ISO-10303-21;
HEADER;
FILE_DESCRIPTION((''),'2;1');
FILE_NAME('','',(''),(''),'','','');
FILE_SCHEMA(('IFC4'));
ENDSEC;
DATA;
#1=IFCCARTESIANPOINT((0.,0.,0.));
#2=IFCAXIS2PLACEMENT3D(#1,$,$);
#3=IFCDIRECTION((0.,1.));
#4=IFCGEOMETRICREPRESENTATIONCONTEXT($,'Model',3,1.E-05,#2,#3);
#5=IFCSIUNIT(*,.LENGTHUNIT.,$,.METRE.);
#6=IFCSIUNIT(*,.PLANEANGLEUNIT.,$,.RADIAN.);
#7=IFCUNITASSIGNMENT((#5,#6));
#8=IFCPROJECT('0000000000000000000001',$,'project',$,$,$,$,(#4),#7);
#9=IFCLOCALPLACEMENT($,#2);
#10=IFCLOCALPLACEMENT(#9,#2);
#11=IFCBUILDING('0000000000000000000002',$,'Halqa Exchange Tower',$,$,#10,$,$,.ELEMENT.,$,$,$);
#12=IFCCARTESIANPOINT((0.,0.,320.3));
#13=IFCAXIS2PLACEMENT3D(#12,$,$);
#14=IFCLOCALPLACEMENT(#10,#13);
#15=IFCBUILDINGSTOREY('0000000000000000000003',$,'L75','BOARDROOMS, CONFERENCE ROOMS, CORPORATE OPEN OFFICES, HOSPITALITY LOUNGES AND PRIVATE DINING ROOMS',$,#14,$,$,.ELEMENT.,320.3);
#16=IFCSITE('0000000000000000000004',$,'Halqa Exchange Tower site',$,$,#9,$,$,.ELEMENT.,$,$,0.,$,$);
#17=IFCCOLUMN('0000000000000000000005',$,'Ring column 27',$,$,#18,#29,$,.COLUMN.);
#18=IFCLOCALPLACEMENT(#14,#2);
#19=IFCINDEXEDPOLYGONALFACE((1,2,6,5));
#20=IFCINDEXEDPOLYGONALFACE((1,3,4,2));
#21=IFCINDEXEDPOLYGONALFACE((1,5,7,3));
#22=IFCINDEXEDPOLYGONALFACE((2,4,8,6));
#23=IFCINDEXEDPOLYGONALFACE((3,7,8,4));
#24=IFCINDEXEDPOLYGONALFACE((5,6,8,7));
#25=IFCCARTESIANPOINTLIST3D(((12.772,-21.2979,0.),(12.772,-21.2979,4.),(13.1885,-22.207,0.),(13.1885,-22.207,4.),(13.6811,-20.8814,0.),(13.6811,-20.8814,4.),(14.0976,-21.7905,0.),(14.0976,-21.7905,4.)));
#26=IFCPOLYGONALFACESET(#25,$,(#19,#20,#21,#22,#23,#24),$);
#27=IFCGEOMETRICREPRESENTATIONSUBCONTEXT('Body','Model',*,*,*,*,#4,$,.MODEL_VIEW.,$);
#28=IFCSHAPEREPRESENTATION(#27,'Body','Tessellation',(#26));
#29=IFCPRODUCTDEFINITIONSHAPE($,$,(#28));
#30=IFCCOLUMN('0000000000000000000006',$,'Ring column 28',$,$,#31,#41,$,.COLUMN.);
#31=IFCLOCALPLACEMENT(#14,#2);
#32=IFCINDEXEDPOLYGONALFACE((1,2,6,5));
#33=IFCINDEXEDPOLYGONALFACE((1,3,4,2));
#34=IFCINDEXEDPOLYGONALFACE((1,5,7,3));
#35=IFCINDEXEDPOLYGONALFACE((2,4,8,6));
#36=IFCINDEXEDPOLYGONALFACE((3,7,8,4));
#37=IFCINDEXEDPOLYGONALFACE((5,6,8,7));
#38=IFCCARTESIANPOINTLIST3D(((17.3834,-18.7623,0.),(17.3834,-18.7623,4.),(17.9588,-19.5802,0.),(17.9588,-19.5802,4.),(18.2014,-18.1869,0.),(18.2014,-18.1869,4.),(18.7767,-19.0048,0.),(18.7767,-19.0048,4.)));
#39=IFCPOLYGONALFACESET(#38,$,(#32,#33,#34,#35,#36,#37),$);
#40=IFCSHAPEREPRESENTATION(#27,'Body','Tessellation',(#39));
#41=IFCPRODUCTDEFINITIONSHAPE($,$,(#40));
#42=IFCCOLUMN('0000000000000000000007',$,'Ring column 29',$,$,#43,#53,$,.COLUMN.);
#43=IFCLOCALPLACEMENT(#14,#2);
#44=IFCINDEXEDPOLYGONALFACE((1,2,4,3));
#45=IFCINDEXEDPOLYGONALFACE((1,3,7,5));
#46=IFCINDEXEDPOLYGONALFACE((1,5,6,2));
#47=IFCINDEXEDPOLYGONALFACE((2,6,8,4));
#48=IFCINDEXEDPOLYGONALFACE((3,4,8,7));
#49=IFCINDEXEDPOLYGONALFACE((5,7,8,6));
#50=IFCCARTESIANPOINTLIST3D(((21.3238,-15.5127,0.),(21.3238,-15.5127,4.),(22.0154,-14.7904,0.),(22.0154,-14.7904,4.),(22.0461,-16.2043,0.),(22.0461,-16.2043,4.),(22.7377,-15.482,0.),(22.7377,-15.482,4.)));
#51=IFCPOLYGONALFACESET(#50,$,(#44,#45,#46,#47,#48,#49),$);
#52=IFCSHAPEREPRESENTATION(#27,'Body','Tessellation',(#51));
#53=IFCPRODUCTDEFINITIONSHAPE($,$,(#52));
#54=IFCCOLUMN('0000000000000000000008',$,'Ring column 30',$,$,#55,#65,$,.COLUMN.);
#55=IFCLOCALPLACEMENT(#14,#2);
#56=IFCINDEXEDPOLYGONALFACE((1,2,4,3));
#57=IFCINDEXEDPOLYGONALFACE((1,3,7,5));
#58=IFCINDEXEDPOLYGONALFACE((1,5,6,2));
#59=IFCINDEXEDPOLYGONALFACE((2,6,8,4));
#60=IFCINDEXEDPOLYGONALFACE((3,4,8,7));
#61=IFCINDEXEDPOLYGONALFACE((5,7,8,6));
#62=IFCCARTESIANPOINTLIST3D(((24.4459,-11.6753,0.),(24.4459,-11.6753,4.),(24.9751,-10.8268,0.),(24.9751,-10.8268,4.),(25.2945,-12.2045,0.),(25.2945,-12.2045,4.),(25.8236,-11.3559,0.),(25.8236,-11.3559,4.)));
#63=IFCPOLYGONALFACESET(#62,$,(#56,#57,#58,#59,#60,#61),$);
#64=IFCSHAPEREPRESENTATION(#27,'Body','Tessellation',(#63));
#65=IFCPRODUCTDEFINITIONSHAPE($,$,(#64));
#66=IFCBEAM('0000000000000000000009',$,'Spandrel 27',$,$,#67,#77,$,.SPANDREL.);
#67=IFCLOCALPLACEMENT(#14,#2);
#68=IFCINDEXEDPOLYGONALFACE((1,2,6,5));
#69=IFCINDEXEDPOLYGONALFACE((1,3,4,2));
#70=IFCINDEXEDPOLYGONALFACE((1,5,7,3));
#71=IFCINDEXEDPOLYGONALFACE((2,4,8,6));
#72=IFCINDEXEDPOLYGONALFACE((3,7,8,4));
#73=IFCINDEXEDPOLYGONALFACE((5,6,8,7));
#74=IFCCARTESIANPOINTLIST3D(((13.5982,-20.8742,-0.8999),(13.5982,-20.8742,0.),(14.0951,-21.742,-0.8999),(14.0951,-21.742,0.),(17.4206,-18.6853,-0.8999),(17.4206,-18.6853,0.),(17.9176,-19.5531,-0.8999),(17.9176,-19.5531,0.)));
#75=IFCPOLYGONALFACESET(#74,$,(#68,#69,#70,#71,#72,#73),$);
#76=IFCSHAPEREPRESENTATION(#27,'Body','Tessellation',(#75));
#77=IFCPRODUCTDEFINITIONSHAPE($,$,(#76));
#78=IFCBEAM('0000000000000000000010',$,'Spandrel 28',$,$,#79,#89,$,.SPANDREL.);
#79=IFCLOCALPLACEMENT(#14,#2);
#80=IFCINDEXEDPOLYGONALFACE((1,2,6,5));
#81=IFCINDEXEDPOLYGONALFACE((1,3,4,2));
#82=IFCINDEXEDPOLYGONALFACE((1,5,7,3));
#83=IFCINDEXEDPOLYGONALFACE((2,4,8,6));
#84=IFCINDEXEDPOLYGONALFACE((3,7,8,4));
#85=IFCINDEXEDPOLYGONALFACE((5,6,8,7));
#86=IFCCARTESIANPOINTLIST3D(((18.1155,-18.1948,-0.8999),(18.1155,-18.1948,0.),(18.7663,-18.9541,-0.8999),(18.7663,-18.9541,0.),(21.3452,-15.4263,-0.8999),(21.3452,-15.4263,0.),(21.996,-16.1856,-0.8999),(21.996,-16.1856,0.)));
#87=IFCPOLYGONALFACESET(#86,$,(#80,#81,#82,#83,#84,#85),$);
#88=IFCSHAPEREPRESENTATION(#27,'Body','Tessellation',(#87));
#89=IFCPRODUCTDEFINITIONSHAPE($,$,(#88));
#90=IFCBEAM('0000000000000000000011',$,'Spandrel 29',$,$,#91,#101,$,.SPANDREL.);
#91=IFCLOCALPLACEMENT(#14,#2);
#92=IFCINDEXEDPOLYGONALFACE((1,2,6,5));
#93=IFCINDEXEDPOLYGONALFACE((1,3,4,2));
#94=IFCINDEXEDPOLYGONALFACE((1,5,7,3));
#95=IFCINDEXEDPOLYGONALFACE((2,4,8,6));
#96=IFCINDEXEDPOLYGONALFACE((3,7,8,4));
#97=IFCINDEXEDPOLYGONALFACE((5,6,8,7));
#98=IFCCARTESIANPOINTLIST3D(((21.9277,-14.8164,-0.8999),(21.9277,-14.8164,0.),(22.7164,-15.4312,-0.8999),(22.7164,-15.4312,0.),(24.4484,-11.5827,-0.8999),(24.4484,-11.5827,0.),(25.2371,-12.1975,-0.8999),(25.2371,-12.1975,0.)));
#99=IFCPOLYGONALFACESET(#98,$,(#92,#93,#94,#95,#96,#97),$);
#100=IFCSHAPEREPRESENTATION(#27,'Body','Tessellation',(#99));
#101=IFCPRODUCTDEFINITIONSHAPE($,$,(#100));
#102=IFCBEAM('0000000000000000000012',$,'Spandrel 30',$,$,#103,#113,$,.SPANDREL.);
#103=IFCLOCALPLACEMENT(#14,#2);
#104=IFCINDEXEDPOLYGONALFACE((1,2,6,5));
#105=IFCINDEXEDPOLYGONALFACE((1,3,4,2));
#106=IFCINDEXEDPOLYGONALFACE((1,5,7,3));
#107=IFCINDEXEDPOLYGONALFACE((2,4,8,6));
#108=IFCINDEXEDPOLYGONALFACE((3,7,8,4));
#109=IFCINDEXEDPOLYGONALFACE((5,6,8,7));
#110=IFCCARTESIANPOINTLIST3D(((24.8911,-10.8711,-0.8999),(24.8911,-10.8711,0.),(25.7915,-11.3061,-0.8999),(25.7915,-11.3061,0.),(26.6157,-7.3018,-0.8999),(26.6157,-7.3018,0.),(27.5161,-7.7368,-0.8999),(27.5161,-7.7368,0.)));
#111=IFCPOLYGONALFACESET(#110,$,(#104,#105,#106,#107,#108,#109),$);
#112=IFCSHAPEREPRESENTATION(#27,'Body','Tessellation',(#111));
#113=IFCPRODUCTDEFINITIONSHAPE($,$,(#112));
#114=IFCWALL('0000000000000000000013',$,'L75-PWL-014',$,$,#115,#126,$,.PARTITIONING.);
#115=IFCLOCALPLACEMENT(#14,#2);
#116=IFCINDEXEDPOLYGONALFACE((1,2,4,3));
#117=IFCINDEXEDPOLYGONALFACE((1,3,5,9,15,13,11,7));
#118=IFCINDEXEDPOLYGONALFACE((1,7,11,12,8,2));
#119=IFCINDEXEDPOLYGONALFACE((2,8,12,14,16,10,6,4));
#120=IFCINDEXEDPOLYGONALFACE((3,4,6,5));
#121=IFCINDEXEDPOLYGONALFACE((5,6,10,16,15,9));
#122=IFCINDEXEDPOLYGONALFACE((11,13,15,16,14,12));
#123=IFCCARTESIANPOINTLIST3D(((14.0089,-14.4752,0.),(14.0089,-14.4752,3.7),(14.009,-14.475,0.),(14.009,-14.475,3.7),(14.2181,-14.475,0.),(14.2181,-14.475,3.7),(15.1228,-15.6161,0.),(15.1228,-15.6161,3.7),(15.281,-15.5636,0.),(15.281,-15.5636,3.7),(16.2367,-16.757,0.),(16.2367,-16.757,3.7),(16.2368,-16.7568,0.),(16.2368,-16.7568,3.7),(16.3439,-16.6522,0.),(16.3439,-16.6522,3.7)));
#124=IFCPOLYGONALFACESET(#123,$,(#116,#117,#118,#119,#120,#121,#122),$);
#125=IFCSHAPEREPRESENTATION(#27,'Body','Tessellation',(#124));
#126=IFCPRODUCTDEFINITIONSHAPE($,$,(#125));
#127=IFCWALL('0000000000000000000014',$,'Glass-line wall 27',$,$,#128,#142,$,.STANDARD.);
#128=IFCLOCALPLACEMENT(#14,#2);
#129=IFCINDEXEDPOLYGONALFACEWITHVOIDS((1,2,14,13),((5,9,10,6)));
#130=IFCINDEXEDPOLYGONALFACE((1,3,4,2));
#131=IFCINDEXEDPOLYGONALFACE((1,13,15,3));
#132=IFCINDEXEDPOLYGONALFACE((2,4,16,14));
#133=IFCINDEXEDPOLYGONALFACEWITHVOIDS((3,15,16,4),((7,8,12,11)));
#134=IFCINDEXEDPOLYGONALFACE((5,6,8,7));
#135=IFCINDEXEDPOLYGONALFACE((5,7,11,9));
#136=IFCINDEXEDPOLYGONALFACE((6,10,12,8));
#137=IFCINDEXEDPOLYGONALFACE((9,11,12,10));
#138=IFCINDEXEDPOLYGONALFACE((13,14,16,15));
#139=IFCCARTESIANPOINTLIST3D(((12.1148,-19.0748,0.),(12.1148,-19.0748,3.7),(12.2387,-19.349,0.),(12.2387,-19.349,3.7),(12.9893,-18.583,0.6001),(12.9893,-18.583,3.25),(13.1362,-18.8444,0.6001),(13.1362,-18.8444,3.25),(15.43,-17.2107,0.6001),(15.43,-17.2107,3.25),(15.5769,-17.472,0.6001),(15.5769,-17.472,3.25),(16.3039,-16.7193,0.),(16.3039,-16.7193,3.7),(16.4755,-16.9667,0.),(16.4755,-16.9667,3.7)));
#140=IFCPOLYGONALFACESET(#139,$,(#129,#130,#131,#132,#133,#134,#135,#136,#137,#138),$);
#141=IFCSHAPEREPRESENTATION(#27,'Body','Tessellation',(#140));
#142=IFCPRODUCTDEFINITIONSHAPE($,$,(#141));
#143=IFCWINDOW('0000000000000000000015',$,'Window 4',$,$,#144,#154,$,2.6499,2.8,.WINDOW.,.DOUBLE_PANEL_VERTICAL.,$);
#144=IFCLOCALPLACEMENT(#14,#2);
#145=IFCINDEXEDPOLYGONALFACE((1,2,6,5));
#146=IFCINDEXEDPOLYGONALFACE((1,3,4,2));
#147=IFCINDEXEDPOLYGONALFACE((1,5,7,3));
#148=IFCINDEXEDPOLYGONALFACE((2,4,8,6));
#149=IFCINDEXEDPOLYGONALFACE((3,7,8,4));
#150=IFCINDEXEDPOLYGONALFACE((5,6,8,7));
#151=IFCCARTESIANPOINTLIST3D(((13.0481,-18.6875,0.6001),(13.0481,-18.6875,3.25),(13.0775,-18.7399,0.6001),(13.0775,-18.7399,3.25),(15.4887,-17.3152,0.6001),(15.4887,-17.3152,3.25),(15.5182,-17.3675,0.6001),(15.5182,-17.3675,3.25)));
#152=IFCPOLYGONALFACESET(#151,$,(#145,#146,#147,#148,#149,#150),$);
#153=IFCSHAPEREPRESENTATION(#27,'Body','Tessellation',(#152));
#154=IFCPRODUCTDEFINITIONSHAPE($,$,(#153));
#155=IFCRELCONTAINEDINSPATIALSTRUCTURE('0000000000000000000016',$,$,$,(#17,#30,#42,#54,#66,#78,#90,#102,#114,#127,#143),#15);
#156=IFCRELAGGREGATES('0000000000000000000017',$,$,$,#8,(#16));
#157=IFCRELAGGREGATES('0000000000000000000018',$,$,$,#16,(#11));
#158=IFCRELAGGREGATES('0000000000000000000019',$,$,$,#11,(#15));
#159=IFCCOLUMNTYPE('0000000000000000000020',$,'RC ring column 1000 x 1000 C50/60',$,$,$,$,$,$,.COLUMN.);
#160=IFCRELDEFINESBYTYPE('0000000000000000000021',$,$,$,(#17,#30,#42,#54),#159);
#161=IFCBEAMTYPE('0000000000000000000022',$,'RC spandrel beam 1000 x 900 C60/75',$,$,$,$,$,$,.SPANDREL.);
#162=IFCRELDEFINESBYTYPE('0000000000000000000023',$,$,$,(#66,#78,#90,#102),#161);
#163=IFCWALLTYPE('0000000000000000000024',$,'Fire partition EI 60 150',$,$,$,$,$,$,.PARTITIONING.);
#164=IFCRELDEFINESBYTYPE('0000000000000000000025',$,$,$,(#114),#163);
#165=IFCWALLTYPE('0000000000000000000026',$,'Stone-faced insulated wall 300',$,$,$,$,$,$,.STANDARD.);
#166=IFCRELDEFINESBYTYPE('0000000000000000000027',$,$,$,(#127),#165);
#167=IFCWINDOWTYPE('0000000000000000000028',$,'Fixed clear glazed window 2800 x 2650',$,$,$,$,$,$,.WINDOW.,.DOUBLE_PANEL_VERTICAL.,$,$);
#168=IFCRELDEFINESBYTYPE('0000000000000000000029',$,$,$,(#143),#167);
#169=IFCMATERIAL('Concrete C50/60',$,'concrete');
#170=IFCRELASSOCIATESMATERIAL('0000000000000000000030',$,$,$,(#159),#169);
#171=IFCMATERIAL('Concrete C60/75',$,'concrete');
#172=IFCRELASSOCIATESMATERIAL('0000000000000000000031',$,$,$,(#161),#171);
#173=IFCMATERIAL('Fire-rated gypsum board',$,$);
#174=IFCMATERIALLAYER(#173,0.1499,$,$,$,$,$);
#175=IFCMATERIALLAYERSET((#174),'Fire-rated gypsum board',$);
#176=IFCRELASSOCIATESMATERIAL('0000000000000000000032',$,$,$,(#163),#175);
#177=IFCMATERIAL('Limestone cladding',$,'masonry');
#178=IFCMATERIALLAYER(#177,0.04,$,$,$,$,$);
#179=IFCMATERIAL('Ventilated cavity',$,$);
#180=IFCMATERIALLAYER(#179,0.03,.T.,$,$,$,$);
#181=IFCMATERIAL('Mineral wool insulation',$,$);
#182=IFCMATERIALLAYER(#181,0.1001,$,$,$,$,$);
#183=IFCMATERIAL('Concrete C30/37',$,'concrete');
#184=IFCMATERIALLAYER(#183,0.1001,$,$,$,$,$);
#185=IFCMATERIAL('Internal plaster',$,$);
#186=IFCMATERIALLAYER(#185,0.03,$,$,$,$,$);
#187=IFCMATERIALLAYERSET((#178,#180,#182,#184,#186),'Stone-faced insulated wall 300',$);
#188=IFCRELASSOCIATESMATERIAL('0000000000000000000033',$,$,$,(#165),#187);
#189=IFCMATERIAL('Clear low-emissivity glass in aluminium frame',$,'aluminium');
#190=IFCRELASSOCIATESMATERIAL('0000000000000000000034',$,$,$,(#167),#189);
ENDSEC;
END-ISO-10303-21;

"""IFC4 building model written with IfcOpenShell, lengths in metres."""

from ifc_helpers import new_model, si_unit, direction, frame, frame_2d, origin, origin_2d, place, context, subcontext, project, spatial, polyline, rectangle, outline, extrude, material, layer, layer_set, material_profile, profile_set, type_object, element, fill, save


model = new_model("IFC4")

# Units and contexts
model_context = context("Model", 3, precision=1e-05, world=origin(), true_north=direction((0.0, 1.0)))
body_context = subcontext(model_context, "Body", "Model", "MODEL_VIEW")
ifc_project = project(units=[si_unit("LENGTHUNIT", "METRE"), si_unit("PLANEANGLEUNIT", "RADIAN")], contexts=[model_context])

# Site, building, storey
site_placement = place(None, origin())
site = spatial("IfcSite", under=ifc_project, at=site_placement, Name="Halqa Exchange Tower site", CompositionType="ELEMENT", RefElevation=0.0)
building_placement = place(site_placement, origin())
building = spatial("IfcBuilding", under=site, at=building_placement, Name="Halqa Exchange Tower", CompositionType="ELEMENT")
storey_placement = place(building_placement, frame((0.0, 0.0, 320.3)))
storey = spatial("IfcBuildingStorey", under=building, at=storey_placement, Name="L75", Description="BOARDROOMS, CONFERENCE ROOMS, CORPORATE OPEN OFFICES, HOSPITALITY LOUNGES AND PRIVATE DINING ROOMS", CompositionType="ELEMENT", Elevation=320.3)

# Columns
ifc_material_1 = material(Name="Concrete C50/60", Category="concrete")
ifc_material_profile_1 = material_profile(ifc_material_1, rectangle(XDim=1.0, YDim=1.0, at=origin_2d()), Name="1000 x 1000")
ifc_profile_set_1 = profile_set([ifc_material_profile_1], Name="Concrete C50/60")
column_type = type_object("IfcColumnType", Name="RC ring column 1000 x 1000 C50/60", PredefinedType="COLUMN", material=ifc_profile_set_1)
for number, where, z_axis, x_axis, name in (
    (1, (13.4348, -21.5442, 0.0), (0.0, 0.0, 1.0), (0.909129, 0.416516, 0.0), "Ring column 27"),
    (2, (18.0801, -18.8835, 0.0), (0.0, 0.0, 1.0), (0.817907, 0.575351, 0.0), "Ring column 28"),
    (3, (22.0308, -15.4973, 0.0), (0.0, 0.0, 1.0), (0.691579, 0.722301, 0.0), "Ring column 29"),
    (4, (25.1348, -11.5156, 0.0), (0.0, 0.0, 1.0), (0.52914, 0.848534, 0.0), "Ring column 30"),
):
    element("IfcColumn", number, at=place(storey_placement, frame(where, z_axis=z_axis, x_axis=x_axis)), inside=storey, type_object=column_type, Name=name, PredefinedType="COLUMN", context=body_context, shape_type="SweptSolid", body=[
        extrude(rectangle(XDim=1.0, YDim=1.0, at=origin_2d()), origin(), (0.0, 0.0, 1.0), 4.0),
    ])

# Beams
ifc_material_2 = material(Name="Concrete C60/75", Category="concrete")
ifc_material_profile_2 = material_profile(ifc_material_2, rectangle(XDim=1.0, YDim=0.8999, at=origin_2d()), Name="1000 x 900")
ifc_profile_set_2 = profile_set([ifc_material_profile_2], Name="Concrete C60/75")
beam_type = type_object("IfcBeamType", Name="RC spandrel beam 1000 x 900 C60/75", PredefinedType="SPANDREL", material=ifc_profile_set_2)
beam_1_placement = place(storey_placement, frame((13.8467, -21.3081, -0.45), z_axis=(0.867786, 0.496939, 0.0), x_axis=(-0.496939, 0.867786, 0.0)))
element("IfcBeam", 5, at=beam_1_placement, inside=storey, type_object=beam_type, Name="Spandrel 27", PredefinedType="SPANDREL", context=body_context, shape_type="SweptSolid", body=[
    extrude(rectangle(XDim=1.0, YDim=0.8999, at=origin_2d()), origin(), (0.0, 0.0, 1.0), 4.4048),
])
beam_2_placement = place(storey_placement, frame((18.4409, -18.5745, -0.45), z_axis=(0.759232, 0.65082, 0.0), x_axis=(-0.65082, 0.759232, 0.0)))
element("IfcBeam", 6, at=beam_2_placement, inside=storey, type_object=beam_type, Name="Spandrel 28", PredefinedType="SPANDREL", context=body_context, shape_type="SweptSolid", body=[
    extrude(rectangle(XDim=1.0, YDim=0.8999, at=origin_2d()), origin(), (0.0, 0.0, 1.0), 4.2539),
])
beam_3_placement = place(storey_placement, frame((22.322, -15.1238, -0.45), z_axis=(0.614806, 0.788678, 0.0), x_axis=(-0.788678, 0.614806, 0.0)))
element("IfcBeam", 7, at=beam_3_placement, inside=storey, type_object=beam_type, Name="Spandrel 29", PredefinedType="SPANDREL", context=body_context, shape_type="SweptSolid", body=[
    extrude(rectangle(XDim=1.0, YDim=0.8999, at=origin_2d()), origin(), (0.0, 0.0, 1.0), 4.1001),
])
beam_4_placement = place(storey_placement, frame((25.3413, -11.0886, -0.45), z_axis=(0.435052, 0.900405, 0.0), x_axis=(-0.900405, 0.435052, 0.0)))
element("IfcBeam", 8, at=beam_4_placement, inside=storey, type_object=beam_type, Name="Spandrel 30", PredefinedType="SPANDREL", context=body_context, shape_type="SweptSolid", body=[
    extrude(rectangle(XDim=1.0, YDim=0.8999, at=origin_2d()), origin(), (0.0, 0.0, 1.0), 3.9641),
])

# Wall
ifc_material_3 = material(Name="Fire-rated gypsum board")
ifc_layer_1 = layer(ifc_material_3, 0.1499)
ifc_layer_set_1 = layer_set([ifc_layer_1], Name="Fire-rated gypsum board")
wall_type_1 = type_object("IfcWallType", Name="Fire partition EI 60 150", PredefinedType="PARTITIONING", material=ifc_layer_set_1)
wall_1_placement = place(storey_placement, frame((14.0625, -14.4229, 0.0), z_axis=(0.0, 0.0, 1.0), x_axis=(0.698596, -0.715516, 0.0)))
element("IfcWall", 9, at=wall_1_placement, inside=storey, type_object=wall_type_1, Name="L75-PWL-014", PredefinedType="PARTITIONING", context=body_context, shape_type="SweptSolid", body=[
    extrude(outline(polyline([(0.0, -0.075), (1.5945, -0.075), (3.189, -0.075), (3.189, -0.0747), (3.189, 0.075), (1.6675, 0.075), (0.146, 0.075), (0.0, -0.0747), (0.0, -0.075)])), origin(), (0.0, 0.0, 1.0), 3.7),
])

# Wall, opening, window
ifc_material_4 = material(Name="Limestone cladding", Category="masonry")
ifc_layer_2 = layer(ifc_material_4, 0.04)
ifc_material_5 = material(Name="Ventilated cavity")
ifc_layer_3 = layer(ifc_material_5, 0.03, ventilated=True)
ifc_material_6 = material(Name="Mineral wool insulation")
ifc_layer_4 = layer(ifc_material_6, 0.1001)
ifc_material_7 = material(Name="Concrete C30/37", Category="concrete")
ifc_layer_5 = layer(ifc_material_7, 0.1001)
ifc_material_8 = material(Name="Internal plaster")
ifc_layer_6 = layer(ifc_material_8, 0.03)
ifc_layer_set_2 = layer_set([ifc_layer_2, ifc_layer_3, ifc_layer_4, ifc_layer_5, ifc_layer_6], Name="Stone-faced insulated wall 300")
wall_type_2 = type_object("IfcWallType", Name="Stone-faced insulated wall 300", PredefinedType="STANDARD", material=ifc_layer_set_2)
wall_2_placement = place(storey_placement, frame((12.1768, -19.2119, 0.0), z_axis=(0.0, 0.0, 1.0), x_axis=(0.871651, 0.490127, 0.0)))
wall_2 = element("IfcWall", 10, at=wall_2_placement, inside=storey, type_object=wall_type_2, Name="Glass-line wall 27", PredefinedType="STANDARD", context=body_context, shape_type="SweptSolid", body=[
    extrude(outline(polyline([(-0.0132, -0.1499), (4.8474, -0.1499), (4.8191, 0.1499), (0.0132, 0.1499), (-0.0132, -0.1499)])), origin(), (0.0, 0.0, 1.0), 3.7),
])
opening_1_placement = place(wall_2_placement, frame((1.0166, 0.0, 0.6001)))
opening_1 = element("IfcOpeningElement", 11, at=opening_1_placement, cuts=wall_2, PredefinedType="OPENING", context=body_context, shape_type="SweptSolid", body=[
    extrude(rectangle(XDim=2.8, YDim=2.6499, at=frame_2d((1.3999, 1.325))), frame((0.0, 0.1621, 0.0), z_axis=(0.0, -1.0, 0.0), x_axis=(1.0, 0.0, 0.0)), (0.0, 0.0, 1.0), 0.324),
])
ifc_material_9 = material(Name="Clear low-emissivity glass in aluminium frame", Category="aluminium")
window_type = type_object("IfcWindowType", Name="Fixed clear glazed window 2800 x 2650", PartitioningType="DOUBLE_PANEL_VERTICAL", PredefinedType="WINDOW", material=ifc_material_9)
window_1_placement = place(opening_1_placement, origin())
window_1 = element("IfcWindow", 12, at=window_1_placement, inside=storey, type_object=window_type, Name="Window 4", OverallHeight=2.6499, OverallWidth=2.8, PartitioningType="DOUBLE_PANEL_VERTICAL", PredefinedType="WINDOW", context=body_context, shape_type="SweptSolid", body=[
    extrude(rectangle(XDim=2.8, YDim=2.6499, at=frame_2d((1.3999, 1.325))), frame((0.0, 0.03, 0.0), z_axis=(0.0, -1.0, 0.0), x_axis=(1.0, 0.0, 0.0)), (0.0, 0.0, 1.0), 0.0601),
])
fill(opening_1, window_1)

save(model, "model.ifc")
